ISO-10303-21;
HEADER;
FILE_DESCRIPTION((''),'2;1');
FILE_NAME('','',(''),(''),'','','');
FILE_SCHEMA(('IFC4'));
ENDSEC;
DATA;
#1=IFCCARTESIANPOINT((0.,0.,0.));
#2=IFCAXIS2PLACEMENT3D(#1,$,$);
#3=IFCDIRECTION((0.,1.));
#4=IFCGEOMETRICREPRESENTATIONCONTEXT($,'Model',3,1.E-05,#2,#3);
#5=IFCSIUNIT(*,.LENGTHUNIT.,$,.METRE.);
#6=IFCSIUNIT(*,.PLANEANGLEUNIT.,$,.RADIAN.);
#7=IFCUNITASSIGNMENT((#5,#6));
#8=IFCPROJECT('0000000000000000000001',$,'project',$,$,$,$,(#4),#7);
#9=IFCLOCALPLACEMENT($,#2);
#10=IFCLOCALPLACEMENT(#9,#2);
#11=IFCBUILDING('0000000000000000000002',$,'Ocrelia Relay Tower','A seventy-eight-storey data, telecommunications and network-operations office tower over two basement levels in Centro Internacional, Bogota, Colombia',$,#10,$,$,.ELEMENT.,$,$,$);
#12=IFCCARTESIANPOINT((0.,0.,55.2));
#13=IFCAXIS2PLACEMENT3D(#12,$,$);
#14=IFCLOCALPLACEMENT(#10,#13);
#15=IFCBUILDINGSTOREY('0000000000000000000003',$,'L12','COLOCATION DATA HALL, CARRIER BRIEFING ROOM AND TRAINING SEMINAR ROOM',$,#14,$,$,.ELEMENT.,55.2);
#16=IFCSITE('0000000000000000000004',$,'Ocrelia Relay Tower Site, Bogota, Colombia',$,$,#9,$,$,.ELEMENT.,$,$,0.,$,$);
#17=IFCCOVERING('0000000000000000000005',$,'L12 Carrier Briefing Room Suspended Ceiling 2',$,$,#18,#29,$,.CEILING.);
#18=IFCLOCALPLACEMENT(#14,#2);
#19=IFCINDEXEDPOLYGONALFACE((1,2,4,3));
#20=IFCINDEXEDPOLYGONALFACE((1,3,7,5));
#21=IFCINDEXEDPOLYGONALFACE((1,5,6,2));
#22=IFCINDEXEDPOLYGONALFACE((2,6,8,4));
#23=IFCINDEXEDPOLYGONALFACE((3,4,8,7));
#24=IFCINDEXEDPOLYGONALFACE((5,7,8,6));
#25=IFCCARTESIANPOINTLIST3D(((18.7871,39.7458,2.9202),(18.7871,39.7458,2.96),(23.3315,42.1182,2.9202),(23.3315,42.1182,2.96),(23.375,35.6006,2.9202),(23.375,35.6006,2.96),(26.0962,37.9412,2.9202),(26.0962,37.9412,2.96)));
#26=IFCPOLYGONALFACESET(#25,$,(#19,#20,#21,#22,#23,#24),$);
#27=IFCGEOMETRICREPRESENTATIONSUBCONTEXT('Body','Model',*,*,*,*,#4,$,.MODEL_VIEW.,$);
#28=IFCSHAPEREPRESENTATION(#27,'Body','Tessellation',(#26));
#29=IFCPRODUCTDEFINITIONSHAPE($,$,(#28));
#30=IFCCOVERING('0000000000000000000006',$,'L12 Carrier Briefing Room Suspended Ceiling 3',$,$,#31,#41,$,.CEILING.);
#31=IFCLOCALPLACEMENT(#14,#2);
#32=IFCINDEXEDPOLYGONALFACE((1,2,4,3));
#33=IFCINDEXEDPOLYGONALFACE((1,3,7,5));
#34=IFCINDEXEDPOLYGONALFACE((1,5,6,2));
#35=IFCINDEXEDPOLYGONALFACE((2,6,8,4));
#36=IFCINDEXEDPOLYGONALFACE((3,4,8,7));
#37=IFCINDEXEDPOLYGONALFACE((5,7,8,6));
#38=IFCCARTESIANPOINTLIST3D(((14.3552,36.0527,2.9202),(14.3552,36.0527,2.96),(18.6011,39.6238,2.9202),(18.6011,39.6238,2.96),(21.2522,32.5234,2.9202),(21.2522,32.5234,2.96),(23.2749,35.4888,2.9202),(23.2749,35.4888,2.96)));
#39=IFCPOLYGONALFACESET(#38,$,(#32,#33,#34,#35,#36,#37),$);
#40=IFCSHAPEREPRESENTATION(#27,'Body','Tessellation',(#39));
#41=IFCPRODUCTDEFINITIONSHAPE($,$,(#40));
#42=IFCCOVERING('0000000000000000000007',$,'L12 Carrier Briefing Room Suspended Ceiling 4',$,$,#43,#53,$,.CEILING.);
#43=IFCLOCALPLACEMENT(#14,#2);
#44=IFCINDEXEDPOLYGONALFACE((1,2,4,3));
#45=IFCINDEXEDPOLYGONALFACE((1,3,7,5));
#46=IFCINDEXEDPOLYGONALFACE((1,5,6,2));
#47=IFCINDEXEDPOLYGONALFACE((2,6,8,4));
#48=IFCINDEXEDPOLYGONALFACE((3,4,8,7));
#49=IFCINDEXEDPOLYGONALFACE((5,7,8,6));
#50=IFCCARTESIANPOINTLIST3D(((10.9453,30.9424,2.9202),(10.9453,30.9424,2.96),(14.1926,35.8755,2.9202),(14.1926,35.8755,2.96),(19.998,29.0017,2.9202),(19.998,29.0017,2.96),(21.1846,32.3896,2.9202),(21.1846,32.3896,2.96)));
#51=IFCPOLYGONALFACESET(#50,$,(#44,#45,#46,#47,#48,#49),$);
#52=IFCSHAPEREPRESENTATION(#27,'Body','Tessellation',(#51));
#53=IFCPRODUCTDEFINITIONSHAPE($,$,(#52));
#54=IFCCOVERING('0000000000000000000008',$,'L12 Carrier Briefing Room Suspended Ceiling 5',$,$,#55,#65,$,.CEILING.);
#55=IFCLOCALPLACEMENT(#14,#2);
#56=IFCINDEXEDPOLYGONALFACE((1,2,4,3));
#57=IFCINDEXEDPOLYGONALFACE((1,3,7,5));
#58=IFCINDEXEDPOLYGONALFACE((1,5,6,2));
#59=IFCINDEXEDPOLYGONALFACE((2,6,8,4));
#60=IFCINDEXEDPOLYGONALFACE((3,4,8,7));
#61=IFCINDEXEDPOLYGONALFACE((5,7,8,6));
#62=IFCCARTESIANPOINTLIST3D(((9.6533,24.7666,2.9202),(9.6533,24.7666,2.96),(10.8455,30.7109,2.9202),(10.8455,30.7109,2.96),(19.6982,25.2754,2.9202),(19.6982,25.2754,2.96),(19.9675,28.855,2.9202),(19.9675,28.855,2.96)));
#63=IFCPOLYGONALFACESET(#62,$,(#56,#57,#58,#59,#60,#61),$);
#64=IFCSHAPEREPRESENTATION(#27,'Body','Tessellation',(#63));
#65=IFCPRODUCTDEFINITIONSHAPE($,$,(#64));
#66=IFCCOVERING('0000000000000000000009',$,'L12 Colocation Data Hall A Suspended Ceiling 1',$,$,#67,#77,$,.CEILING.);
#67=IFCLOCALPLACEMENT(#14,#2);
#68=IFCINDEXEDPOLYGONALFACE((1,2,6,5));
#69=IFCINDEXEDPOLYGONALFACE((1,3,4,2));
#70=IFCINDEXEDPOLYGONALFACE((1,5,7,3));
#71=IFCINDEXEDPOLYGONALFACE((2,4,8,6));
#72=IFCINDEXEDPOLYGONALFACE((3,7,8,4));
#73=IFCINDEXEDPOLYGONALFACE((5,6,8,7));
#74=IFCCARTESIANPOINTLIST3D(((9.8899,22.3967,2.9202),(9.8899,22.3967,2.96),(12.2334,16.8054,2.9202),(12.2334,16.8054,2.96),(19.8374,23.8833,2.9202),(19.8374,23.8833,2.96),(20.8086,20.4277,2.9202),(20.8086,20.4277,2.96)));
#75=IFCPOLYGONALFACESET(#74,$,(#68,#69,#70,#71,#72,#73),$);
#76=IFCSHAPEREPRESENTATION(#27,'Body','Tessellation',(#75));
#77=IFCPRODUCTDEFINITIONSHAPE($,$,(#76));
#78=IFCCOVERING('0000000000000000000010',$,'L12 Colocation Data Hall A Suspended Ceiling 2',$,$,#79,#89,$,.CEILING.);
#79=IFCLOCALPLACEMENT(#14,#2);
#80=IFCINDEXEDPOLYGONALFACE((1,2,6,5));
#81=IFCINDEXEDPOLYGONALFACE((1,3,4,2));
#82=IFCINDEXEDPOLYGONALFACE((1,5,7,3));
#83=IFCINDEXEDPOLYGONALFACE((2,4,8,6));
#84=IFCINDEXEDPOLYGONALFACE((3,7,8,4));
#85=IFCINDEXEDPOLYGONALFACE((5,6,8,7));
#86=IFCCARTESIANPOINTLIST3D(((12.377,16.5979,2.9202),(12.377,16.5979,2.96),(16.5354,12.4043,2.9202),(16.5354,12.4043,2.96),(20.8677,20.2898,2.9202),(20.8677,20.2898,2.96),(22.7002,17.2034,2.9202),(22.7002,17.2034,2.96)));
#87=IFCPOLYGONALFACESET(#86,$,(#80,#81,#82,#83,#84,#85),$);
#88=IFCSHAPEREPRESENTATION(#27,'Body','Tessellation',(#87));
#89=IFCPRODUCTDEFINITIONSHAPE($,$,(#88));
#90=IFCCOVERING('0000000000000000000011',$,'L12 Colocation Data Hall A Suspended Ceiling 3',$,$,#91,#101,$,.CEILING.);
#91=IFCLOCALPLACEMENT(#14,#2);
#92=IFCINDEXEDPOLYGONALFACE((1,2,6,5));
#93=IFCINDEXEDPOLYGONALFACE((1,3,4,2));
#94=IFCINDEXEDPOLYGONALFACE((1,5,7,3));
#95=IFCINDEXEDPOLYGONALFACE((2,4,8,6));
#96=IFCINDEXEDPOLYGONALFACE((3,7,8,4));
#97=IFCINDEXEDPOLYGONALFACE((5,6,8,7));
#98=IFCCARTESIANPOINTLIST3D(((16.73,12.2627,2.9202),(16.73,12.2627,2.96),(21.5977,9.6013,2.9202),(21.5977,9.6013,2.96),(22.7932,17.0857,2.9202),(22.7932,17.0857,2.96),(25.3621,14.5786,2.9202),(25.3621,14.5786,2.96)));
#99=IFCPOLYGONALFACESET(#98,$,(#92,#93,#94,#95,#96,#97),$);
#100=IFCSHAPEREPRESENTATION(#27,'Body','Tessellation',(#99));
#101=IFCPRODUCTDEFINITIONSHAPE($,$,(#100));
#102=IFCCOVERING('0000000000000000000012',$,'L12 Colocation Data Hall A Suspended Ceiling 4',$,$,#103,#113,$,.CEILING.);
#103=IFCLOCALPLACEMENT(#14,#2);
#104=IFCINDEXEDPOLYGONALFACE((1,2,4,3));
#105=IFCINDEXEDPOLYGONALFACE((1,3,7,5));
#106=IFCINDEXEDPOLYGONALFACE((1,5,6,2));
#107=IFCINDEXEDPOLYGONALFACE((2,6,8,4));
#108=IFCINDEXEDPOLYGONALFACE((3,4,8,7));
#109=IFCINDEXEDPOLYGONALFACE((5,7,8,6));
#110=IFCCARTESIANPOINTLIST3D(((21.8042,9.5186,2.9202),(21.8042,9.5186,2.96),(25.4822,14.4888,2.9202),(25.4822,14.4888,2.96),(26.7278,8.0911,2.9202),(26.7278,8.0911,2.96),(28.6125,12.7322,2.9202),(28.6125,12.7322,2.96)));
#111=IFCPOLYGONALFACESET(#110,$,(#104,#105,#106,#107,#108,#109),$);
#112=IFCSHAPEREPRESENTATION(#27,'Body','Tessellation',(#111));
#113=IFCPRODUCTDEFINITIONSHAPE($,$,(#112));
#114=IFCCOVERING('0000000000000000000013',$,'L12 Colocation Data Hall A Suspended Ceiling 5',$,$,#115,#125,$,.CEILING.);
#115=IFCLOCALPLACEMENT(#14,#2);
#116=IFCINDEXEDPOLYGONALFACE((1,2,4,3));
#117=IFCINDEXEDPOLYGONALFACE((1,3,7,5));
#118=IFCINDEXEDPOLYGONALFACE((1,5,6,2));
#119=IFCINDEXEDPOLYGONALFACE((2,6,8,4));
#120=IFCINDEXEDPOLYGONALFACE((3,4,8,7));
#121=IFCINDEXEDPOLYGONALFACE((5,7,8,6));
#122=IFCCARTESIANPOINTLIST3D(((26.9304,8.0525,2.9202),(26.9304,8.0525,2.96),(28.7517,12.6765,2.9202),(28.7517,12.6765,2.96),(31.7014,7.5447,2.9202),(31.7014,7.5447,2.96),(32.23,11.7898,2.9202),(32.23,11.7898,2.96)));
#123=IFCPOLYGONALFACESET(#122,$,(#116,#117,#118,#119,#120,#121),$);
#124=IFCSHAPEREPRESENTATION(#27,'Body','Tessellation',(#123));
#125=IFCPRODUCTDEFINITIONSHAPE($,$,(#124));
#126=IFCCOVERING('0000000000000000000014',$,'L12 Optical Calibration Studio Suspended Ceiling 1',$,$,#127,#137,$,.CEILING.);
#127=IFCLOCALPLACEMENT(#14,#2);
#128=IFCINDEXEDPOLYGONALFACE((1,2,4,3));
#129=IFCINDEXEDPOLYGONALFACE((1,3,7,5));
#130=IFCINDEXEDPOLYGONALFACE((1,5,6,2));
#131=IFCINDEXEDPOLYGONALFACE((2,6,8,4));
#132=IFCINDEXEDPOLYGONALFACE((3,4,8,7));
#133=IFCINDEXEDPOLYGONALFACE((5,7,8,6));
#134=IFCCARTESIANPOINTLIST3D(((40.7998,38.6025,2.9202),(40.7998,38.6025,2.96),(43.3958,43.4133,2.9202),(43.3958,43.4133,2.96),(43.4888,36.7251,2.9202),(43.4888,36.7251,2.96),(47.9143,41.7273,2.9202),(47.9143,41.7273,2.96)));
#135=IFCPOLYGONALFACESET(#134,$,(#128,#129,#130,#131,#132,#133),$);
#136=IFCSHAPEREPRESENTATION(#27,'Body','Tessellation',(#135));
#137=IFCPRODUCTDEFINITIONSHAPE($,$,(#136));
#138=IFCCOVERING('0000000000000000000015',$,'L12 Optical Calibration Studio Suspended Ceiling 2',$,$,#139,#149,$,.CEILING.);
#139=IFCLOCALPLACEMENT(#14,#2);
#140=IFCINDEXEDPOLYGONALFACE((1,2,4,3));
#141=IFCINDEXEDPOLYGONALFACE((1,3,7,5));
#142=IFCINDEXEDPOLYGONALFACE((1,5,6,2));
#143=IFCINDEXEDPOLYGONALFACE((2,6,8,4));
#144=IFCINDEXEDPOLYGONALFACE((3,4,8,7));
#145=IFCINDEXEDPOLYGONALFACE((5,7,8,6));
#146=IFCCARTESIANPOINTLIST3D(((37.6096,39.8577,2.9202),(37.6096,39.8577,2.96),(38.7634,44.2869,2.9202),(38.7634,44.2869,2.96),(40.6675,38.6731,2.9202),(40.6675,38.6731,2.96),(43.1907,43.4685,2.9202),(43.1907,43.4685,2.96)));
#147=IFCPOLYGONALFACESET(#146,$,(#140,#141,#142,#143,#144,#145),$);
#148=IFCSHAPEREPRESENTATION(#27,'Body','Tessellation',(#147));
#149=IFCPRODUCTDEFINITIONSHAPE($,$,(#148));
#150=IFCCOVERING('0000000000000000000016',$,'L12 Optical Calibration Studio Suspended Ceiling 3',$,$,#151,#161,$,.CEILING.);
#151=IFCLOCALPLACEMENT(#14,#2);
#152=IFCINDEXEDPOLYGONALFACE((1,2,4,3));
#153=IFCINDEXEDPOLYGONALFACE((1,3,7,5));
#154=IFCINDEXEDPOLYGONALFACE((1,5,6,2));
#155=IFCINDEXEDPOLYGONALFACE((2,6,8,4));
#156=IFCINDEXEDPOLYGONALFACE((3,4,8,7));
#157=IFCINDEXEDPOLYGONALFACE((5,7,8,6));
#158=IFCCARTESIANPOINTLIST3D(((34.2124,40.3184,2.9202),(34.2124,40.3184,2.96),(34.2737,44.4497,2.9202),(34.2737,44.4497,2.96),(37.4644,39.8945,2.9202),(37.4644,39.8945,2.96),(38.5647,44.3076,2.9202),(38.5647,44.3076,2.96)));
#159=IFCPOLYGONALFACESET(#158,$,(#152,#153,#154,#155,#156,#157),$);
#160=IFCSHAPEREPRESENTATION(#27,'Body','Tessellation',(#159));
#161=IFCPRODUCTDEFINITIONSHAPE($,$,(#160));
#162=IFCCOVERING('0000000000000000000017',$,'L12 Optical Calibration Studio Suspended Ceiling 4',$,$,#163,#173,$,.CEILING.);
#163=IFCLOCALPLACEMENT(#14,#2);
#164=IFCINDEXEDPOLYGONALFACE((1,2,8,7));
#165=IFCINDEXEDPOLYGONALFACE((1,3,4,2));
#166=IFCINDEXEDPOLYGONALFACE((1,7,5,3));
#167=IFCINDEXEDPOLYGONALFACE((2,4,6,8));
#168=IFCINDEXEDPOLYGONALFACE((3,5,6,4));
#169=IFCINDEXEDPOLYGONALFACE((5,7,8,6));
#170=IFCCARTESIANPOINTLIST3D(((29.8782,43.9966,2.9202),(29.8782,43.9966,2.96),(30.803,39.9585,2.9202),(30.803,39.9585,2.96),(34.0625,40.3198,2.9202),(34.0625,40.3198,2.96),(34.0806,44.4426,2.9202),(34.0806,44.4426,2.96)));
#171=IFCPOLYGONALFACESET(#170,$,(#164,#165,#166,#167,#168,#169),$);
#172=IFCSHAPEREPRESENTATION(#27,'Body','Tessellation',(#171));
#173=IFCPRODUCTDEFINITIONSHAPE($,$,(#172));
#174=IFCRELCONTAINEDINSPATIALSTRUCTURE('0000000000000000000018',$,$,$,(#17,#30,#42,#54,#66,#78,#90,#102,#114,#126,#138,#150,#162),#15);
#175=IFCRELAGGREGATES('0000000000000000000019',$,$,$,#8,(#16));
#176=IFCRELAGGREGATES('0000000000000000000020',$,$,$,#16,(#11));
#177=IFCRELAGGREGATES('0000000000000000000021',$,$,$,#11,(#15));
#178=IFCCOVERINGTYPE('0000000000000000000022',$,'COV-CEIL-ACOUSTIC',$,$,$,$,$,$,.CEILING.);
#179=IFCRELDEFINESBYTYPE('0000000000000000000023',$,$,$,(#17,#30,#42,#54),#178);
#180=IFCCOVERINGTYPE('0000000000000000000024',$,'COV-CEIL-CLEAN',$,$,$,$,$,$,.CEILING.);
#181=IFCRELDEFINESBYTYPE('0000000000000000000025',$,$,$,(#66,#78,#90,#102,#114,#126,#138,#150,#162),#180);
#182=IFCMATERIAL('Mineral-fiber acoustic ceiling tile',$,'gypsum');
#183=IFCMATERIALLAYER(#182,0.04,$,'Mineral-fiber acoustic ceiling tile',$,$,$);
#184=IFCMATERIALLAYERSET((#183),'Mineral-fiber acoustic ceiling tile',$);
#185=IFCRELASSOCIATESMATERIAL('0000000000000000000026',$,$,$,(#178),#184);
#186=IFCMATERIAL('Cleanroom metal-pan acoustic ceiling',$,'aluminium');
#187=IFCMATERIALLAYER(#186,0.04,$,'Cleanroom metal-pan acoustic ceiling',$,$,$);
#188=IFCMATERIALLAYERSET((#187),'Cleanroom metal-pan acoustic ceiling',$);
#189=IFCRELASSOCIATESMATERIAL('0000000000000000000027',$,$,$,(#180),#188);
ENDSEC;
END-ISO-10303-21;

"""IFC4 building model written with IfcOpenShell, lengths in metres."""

from ifc_helpers import new_model, si_unit, direction, frame, origin, place, context, subcontext, project, spatial, polyline, outline, extrude, material, layer, layer_set, type_object, element, save


model = new_model("IFC4")

# Units and contexts
model_context = context("Model", 3, precision=1e-05, world=origin(), true_north=direction((0.0, 1.0)))
body_context = subcontext(model_context, "Body", "Model", "MODEL_VIEW")
ifc_project = project(units=[si_unit("LENGTHUNIT", "METRE"), si_unit("PLANEANGLEUNIT", "RADIAN")], contexts=[model_context])

# Site, building, storey
site_placement = place(None, origin())
site = spatial("IfcSite", under=ifc_project, at=site_placement, Name="Ocrelia Relay Tower Site, Bogota, Colombia", CompositionType="ELEMENT", RefElevation=0.0)
building_placement = place(site_placement, origin())
building = spatial("IfcBuilding", under=site, at=building_placement, Name="Ocrelia Relay Tower", Description="A seventy-eight-storey data, telecommunications and network-operations office tower over two basement levels in Centro Internacional, Bogota, Colombia", CompositionType="ELEMENT")
storey_placement = place(building_placement, frame((0.0, 0.0, 55.2)))
storey = spatial("IfcBuildingStorey", under=building, at=storey_placement, Name="L12", Description="COLOCATION DATA HALL, CARRIER BRIEFING ROOM AND TRAINING SEMINAR ROOM", CompositionType="ELEMENT", Elevation=55.2)

# Coverings
ifc_material_1 = material(Name="Mineral-fiber acoustic ceiling tile", Category="gypsum")
ifc_layer_1 = layer(ifc_material_1, 0.04, Name="Mineral-fiber acoustic ceiling tile")
ifc_layer_set_1 = layer_set([ifc_layer_1], Name="Mineral-fiber acoustic ceiling tile")
covering_type_1 = type_object("IfcCoveringType", Name="COV-CEIL-ACOUSTIC", PredefinedType="CEILING", material=ifc_layer_set_1)
covering_1_placement = place(storey_placement, frame((0.0, 0.0, 2.9202)))
element("IfcCovering", 1, at=covering_1_placement, inside=storey, type_object=covering_type_1, Name="L12 Carrier Briefing Room Suspended Ceiling 2", PredefinedType="CEILING", context=body_context, shape_type="SweptSolid", body=[
    extrude(outline(polyline([(26.0962, 37.9412), (23.3315, 42.1182), (18.7871, 39.7458), (23.375, 35.6006), (26.0962, 37.9412)])), origin(), (0.0, 0.0, 1.0), 0.0398),
])
covering_2_placement = place(storey_placement, frame((0.0, 0.0, 2.9202)))
element("IfcCovering", 2, at=covering_2_placement, inside=storey, type_object=covering_type_1, Name="L12 Carrier Briefing Room Suspended Ceiling 3", PredefinedType="CEILING", context=body_context, shape_type="SweptSolid", body=[
    extrude(outline(polyline([(23.2749, 35.4888), (18.6011, 39.6238), (14.3552, 36.0527), (21.2522, 32.5234), (23.2749, 35.4888)])), origin(), (0.0, 0.0, 1.0), 0.0398),
])
covering_3_placement = place(storey_placement, frame((0.0, 0.0, 2.9202)))
element("IfcCovering", 3, at=covering_3_placement, inside=storey, type_object=covering_type_1, Name="L12 Carrier Briefing Room Suspended Ceiling 4", PredefinedType="CEILING", context=body_context, shape_type="SweptSolid", body=[
    extrude(outline(polyline([(21.1846, 32.3896), (14.1926, 35.8755), (10.9453, 30.9424), (19.998, 29.0017), (21.1846, 32.3896)])), origin(), (0.0, 0.0, 1.0), 0.0398),
])
covering_4_placement = place(storey_placement, frame((0.0, 0.0, 2.9202)))
element("IfcCovering", 4, at=covering_4_placement, inside=storey, type_object=covering_type_1, Name="L12 Carrier Briefing Room Suspended Ceiling 5", PredefinedType="CEILING", context=body_context, shape_type="SweptSolid", body=[
    extrude(outline(polyline([(19.9675, 28.855), (10.8455, 30.7109), (9.6533, 24.7666), (19.6982, 25.2754), (19.9675, 28.855)])), origin(), (0.0, 0.0, 1.0), 0.0398),
])
ifc_material_2 = material(Name="Cleanroom metal-pan acoustic ceiling", Category="aluminium")
ifc_layer_2 = layer(ifc_material_2, 0.04, Name="Cleanroom metal-pan acoustic ceiling")
ifc_layer_set_2 = layer_set([ifc_layer_2], Name="Cleanroom metal-pan acoustic ceiling")
covering_type_2 = type_object("IfcCoveringType", Name="COV-CEIL-CLEAN", PredefinedType="CEILING", material=ifc_layer_set_2)
covering_5_placement = place(storey_placement, frame((0.0, 0.0, 2.9202)))
element("IfcCovering", 5, at=covering_5_placement, inside=storey, type_object=covering_type_2, Name="L12 Colocation Data Hall A Suspended Ceiling 1", PredefinedType="CEILING", context=body_context, shape_type="SweptSolid", body=[
    extrude(outline(polyline([(19.8374, 23.8833), (9.8899, 22.3967), (12.2334, 16.8054), (20.8086, 20.4277), (19.8374, 23.8833)])), origin(), (0.0, 0.0, 1.0), 0.0398),
])
covering_6_placement = place(storey_placement, frame((0.0, 0.0, 2.9202)))
element("IfcCovering", 6, at=covering_6_placement, inside=storey, type_object=covering_type_2, Name="L12 Colocation Data Hall A Suspended Ceiling 2", PredefinedType="CEILING", context=body_context, shape_type="SweptSolid", body=[
    extrude(outline(polyline([(20.8677, 20.2898), (12.377, 16.5979), (16.5354, 12.4043), (22.7002, 17.2034), (20.8677, 20.2898)])), origin(), (0.0, 0.0, 1.0), 0.0398),
])
covering_7_placement = place(storey_placement, frame((0.0, 0.0, 2.9202)))
element("IfcCovering", 7, at=covering_7_placement, inside=storey, type_object=covering_type_2, Name="L12 Colocation Data Hall A Suspended Ceiling 3", PredefinedType="CEILING", context=body_context, shape_type="SweptSolid", body=[
    extrude(outline(polyline([(22.7932, 17.0857), (16.73, 12.2627), (21.5977, 9.6013), (25.3621, 14.5786), (22.7932, 17.0857)])), origin(), (0.0, 0.0, 1.0), 0.0398),
])
covering_8_placement = place(storey_placement, frame((0.0, 0.0, 2.9202)))
element("IfcCovering", 8, at=covering_8_placement, inside=storey, type_object=covering_type_2, Name="L12 Colocation Data Hall A Suspended Ceiling 4", PredefinedType="CEILING", context=body_context, shape_type="SweptSolid", body=[
    extrude(outline(polyline([(25.4822, 14.4888), (21.8042, 9.5186), (26.7278, 8.0911), (28.6125, 12.7322), (25.4822, 14.4888)])), origin(), (0.0, 0.0, 1.0), 0.0398),
])
covering_9_placement = place(storey_placement, frame((0.0, 0.0, 2.9202)))
element("IfcCovering", 9, at=covering_9_placement, inside=storey, type_object=covering_type_2, Name="L12 Colocation Data Hall A Suspended Ceiling 5", PredefinedType="CEILING", context=body_context, shape_type="SweptSolid", body=[
    extrude(outline(polyline([(28.7517, 12.6765), (26.9304, 8.0525), (31.7014, 7.5447), (32.23, 11.7898), (28.7517, 12.6765)])), origin(), (0.0, 0.0, 1.0), 0.0398),
])
covering_10_placement = place(storey_placement, frame((0.0, 0.0, 2.9202)))
element("IfcCovering", 10, at=covering_10_placement, inside=storey, type_object=covering_type_2, Name="L12 Optical Calibration Studio Suspended Ceiling 1", PredefinedType="CEILING", context=body_context, shape_type="SweptSolid", body=[
    extrude(outline(polyline([(43.4888, 36.7251), (47.9143, 41.7273), (43.3958, 43.4133), (40.7998, 38.6025), (43.4888, 36.7251)])), origin(), (0.0, 0.0, 1.0), 0.0398),
])
covering_11_placement = place(storey_placement, frame((0.0, 0.0, 2.9202)))
element("IfcCovering", 11, at=covering_11_placement, inside=storey, type_object=covering_type_2, Name="L12 Optical Calibration Studio Suspended Ceiling 2", PredefinedType="CEILING", context=body_context, shape_type="SweptSolid", body=[
    extrude(outline(polyline([(40.6675, 38.6731), (43.1907, 43.4685), (38.7634, 44.2869), (37.6096, 39.8577), (40.6675, 38.6731)])), origin(), (0.0, 0.0, 1.0), 0.0398),
])
covering_12_placement = place(storey_placement, frame((0.0, 0.0, 2.9202)))
element("IfcCovering", 12, at=covering_12_placement, inside=storey, type_object=covering_type_2, Name="L12 Optical Calibration Studio Suspended Ceiling 3", PredefinedType="CEILING", context=body_context, shape_type="SweptSolid", body=[
    extrude(outline(polyline([(37.4644, 39.8945), (38.5647, 44.3076), (34.2737, 44.4497), (34.2124, 40.3184), (37.4644, 39.8945)])), origin(), (0.0, 0.0, 1.0), 0.0398),
])
covering_13_placement = place(storey_placement, frame((0.0, 0.0, 2.9202)))
element("IfcCovering", 13, at=covering_13_placement, inside=storey, type_object=covering_type_2, Name="L12 Optical Calibration Studio Suspended Ceiling 4", PredefinedType="CEILING", context=body_context, shape_type="SweptSolid", body=[
    extrude(outline(polyline([(34.0625, 40.3198), (34.0806, 44.4426), (29.8782, 43.9966), (30.803, 39.9585), (34.0625, 40.3198)])), origin(), (0.0, 0.0, 1.0), 0.0398),
])

save(model, "model.ifc")
